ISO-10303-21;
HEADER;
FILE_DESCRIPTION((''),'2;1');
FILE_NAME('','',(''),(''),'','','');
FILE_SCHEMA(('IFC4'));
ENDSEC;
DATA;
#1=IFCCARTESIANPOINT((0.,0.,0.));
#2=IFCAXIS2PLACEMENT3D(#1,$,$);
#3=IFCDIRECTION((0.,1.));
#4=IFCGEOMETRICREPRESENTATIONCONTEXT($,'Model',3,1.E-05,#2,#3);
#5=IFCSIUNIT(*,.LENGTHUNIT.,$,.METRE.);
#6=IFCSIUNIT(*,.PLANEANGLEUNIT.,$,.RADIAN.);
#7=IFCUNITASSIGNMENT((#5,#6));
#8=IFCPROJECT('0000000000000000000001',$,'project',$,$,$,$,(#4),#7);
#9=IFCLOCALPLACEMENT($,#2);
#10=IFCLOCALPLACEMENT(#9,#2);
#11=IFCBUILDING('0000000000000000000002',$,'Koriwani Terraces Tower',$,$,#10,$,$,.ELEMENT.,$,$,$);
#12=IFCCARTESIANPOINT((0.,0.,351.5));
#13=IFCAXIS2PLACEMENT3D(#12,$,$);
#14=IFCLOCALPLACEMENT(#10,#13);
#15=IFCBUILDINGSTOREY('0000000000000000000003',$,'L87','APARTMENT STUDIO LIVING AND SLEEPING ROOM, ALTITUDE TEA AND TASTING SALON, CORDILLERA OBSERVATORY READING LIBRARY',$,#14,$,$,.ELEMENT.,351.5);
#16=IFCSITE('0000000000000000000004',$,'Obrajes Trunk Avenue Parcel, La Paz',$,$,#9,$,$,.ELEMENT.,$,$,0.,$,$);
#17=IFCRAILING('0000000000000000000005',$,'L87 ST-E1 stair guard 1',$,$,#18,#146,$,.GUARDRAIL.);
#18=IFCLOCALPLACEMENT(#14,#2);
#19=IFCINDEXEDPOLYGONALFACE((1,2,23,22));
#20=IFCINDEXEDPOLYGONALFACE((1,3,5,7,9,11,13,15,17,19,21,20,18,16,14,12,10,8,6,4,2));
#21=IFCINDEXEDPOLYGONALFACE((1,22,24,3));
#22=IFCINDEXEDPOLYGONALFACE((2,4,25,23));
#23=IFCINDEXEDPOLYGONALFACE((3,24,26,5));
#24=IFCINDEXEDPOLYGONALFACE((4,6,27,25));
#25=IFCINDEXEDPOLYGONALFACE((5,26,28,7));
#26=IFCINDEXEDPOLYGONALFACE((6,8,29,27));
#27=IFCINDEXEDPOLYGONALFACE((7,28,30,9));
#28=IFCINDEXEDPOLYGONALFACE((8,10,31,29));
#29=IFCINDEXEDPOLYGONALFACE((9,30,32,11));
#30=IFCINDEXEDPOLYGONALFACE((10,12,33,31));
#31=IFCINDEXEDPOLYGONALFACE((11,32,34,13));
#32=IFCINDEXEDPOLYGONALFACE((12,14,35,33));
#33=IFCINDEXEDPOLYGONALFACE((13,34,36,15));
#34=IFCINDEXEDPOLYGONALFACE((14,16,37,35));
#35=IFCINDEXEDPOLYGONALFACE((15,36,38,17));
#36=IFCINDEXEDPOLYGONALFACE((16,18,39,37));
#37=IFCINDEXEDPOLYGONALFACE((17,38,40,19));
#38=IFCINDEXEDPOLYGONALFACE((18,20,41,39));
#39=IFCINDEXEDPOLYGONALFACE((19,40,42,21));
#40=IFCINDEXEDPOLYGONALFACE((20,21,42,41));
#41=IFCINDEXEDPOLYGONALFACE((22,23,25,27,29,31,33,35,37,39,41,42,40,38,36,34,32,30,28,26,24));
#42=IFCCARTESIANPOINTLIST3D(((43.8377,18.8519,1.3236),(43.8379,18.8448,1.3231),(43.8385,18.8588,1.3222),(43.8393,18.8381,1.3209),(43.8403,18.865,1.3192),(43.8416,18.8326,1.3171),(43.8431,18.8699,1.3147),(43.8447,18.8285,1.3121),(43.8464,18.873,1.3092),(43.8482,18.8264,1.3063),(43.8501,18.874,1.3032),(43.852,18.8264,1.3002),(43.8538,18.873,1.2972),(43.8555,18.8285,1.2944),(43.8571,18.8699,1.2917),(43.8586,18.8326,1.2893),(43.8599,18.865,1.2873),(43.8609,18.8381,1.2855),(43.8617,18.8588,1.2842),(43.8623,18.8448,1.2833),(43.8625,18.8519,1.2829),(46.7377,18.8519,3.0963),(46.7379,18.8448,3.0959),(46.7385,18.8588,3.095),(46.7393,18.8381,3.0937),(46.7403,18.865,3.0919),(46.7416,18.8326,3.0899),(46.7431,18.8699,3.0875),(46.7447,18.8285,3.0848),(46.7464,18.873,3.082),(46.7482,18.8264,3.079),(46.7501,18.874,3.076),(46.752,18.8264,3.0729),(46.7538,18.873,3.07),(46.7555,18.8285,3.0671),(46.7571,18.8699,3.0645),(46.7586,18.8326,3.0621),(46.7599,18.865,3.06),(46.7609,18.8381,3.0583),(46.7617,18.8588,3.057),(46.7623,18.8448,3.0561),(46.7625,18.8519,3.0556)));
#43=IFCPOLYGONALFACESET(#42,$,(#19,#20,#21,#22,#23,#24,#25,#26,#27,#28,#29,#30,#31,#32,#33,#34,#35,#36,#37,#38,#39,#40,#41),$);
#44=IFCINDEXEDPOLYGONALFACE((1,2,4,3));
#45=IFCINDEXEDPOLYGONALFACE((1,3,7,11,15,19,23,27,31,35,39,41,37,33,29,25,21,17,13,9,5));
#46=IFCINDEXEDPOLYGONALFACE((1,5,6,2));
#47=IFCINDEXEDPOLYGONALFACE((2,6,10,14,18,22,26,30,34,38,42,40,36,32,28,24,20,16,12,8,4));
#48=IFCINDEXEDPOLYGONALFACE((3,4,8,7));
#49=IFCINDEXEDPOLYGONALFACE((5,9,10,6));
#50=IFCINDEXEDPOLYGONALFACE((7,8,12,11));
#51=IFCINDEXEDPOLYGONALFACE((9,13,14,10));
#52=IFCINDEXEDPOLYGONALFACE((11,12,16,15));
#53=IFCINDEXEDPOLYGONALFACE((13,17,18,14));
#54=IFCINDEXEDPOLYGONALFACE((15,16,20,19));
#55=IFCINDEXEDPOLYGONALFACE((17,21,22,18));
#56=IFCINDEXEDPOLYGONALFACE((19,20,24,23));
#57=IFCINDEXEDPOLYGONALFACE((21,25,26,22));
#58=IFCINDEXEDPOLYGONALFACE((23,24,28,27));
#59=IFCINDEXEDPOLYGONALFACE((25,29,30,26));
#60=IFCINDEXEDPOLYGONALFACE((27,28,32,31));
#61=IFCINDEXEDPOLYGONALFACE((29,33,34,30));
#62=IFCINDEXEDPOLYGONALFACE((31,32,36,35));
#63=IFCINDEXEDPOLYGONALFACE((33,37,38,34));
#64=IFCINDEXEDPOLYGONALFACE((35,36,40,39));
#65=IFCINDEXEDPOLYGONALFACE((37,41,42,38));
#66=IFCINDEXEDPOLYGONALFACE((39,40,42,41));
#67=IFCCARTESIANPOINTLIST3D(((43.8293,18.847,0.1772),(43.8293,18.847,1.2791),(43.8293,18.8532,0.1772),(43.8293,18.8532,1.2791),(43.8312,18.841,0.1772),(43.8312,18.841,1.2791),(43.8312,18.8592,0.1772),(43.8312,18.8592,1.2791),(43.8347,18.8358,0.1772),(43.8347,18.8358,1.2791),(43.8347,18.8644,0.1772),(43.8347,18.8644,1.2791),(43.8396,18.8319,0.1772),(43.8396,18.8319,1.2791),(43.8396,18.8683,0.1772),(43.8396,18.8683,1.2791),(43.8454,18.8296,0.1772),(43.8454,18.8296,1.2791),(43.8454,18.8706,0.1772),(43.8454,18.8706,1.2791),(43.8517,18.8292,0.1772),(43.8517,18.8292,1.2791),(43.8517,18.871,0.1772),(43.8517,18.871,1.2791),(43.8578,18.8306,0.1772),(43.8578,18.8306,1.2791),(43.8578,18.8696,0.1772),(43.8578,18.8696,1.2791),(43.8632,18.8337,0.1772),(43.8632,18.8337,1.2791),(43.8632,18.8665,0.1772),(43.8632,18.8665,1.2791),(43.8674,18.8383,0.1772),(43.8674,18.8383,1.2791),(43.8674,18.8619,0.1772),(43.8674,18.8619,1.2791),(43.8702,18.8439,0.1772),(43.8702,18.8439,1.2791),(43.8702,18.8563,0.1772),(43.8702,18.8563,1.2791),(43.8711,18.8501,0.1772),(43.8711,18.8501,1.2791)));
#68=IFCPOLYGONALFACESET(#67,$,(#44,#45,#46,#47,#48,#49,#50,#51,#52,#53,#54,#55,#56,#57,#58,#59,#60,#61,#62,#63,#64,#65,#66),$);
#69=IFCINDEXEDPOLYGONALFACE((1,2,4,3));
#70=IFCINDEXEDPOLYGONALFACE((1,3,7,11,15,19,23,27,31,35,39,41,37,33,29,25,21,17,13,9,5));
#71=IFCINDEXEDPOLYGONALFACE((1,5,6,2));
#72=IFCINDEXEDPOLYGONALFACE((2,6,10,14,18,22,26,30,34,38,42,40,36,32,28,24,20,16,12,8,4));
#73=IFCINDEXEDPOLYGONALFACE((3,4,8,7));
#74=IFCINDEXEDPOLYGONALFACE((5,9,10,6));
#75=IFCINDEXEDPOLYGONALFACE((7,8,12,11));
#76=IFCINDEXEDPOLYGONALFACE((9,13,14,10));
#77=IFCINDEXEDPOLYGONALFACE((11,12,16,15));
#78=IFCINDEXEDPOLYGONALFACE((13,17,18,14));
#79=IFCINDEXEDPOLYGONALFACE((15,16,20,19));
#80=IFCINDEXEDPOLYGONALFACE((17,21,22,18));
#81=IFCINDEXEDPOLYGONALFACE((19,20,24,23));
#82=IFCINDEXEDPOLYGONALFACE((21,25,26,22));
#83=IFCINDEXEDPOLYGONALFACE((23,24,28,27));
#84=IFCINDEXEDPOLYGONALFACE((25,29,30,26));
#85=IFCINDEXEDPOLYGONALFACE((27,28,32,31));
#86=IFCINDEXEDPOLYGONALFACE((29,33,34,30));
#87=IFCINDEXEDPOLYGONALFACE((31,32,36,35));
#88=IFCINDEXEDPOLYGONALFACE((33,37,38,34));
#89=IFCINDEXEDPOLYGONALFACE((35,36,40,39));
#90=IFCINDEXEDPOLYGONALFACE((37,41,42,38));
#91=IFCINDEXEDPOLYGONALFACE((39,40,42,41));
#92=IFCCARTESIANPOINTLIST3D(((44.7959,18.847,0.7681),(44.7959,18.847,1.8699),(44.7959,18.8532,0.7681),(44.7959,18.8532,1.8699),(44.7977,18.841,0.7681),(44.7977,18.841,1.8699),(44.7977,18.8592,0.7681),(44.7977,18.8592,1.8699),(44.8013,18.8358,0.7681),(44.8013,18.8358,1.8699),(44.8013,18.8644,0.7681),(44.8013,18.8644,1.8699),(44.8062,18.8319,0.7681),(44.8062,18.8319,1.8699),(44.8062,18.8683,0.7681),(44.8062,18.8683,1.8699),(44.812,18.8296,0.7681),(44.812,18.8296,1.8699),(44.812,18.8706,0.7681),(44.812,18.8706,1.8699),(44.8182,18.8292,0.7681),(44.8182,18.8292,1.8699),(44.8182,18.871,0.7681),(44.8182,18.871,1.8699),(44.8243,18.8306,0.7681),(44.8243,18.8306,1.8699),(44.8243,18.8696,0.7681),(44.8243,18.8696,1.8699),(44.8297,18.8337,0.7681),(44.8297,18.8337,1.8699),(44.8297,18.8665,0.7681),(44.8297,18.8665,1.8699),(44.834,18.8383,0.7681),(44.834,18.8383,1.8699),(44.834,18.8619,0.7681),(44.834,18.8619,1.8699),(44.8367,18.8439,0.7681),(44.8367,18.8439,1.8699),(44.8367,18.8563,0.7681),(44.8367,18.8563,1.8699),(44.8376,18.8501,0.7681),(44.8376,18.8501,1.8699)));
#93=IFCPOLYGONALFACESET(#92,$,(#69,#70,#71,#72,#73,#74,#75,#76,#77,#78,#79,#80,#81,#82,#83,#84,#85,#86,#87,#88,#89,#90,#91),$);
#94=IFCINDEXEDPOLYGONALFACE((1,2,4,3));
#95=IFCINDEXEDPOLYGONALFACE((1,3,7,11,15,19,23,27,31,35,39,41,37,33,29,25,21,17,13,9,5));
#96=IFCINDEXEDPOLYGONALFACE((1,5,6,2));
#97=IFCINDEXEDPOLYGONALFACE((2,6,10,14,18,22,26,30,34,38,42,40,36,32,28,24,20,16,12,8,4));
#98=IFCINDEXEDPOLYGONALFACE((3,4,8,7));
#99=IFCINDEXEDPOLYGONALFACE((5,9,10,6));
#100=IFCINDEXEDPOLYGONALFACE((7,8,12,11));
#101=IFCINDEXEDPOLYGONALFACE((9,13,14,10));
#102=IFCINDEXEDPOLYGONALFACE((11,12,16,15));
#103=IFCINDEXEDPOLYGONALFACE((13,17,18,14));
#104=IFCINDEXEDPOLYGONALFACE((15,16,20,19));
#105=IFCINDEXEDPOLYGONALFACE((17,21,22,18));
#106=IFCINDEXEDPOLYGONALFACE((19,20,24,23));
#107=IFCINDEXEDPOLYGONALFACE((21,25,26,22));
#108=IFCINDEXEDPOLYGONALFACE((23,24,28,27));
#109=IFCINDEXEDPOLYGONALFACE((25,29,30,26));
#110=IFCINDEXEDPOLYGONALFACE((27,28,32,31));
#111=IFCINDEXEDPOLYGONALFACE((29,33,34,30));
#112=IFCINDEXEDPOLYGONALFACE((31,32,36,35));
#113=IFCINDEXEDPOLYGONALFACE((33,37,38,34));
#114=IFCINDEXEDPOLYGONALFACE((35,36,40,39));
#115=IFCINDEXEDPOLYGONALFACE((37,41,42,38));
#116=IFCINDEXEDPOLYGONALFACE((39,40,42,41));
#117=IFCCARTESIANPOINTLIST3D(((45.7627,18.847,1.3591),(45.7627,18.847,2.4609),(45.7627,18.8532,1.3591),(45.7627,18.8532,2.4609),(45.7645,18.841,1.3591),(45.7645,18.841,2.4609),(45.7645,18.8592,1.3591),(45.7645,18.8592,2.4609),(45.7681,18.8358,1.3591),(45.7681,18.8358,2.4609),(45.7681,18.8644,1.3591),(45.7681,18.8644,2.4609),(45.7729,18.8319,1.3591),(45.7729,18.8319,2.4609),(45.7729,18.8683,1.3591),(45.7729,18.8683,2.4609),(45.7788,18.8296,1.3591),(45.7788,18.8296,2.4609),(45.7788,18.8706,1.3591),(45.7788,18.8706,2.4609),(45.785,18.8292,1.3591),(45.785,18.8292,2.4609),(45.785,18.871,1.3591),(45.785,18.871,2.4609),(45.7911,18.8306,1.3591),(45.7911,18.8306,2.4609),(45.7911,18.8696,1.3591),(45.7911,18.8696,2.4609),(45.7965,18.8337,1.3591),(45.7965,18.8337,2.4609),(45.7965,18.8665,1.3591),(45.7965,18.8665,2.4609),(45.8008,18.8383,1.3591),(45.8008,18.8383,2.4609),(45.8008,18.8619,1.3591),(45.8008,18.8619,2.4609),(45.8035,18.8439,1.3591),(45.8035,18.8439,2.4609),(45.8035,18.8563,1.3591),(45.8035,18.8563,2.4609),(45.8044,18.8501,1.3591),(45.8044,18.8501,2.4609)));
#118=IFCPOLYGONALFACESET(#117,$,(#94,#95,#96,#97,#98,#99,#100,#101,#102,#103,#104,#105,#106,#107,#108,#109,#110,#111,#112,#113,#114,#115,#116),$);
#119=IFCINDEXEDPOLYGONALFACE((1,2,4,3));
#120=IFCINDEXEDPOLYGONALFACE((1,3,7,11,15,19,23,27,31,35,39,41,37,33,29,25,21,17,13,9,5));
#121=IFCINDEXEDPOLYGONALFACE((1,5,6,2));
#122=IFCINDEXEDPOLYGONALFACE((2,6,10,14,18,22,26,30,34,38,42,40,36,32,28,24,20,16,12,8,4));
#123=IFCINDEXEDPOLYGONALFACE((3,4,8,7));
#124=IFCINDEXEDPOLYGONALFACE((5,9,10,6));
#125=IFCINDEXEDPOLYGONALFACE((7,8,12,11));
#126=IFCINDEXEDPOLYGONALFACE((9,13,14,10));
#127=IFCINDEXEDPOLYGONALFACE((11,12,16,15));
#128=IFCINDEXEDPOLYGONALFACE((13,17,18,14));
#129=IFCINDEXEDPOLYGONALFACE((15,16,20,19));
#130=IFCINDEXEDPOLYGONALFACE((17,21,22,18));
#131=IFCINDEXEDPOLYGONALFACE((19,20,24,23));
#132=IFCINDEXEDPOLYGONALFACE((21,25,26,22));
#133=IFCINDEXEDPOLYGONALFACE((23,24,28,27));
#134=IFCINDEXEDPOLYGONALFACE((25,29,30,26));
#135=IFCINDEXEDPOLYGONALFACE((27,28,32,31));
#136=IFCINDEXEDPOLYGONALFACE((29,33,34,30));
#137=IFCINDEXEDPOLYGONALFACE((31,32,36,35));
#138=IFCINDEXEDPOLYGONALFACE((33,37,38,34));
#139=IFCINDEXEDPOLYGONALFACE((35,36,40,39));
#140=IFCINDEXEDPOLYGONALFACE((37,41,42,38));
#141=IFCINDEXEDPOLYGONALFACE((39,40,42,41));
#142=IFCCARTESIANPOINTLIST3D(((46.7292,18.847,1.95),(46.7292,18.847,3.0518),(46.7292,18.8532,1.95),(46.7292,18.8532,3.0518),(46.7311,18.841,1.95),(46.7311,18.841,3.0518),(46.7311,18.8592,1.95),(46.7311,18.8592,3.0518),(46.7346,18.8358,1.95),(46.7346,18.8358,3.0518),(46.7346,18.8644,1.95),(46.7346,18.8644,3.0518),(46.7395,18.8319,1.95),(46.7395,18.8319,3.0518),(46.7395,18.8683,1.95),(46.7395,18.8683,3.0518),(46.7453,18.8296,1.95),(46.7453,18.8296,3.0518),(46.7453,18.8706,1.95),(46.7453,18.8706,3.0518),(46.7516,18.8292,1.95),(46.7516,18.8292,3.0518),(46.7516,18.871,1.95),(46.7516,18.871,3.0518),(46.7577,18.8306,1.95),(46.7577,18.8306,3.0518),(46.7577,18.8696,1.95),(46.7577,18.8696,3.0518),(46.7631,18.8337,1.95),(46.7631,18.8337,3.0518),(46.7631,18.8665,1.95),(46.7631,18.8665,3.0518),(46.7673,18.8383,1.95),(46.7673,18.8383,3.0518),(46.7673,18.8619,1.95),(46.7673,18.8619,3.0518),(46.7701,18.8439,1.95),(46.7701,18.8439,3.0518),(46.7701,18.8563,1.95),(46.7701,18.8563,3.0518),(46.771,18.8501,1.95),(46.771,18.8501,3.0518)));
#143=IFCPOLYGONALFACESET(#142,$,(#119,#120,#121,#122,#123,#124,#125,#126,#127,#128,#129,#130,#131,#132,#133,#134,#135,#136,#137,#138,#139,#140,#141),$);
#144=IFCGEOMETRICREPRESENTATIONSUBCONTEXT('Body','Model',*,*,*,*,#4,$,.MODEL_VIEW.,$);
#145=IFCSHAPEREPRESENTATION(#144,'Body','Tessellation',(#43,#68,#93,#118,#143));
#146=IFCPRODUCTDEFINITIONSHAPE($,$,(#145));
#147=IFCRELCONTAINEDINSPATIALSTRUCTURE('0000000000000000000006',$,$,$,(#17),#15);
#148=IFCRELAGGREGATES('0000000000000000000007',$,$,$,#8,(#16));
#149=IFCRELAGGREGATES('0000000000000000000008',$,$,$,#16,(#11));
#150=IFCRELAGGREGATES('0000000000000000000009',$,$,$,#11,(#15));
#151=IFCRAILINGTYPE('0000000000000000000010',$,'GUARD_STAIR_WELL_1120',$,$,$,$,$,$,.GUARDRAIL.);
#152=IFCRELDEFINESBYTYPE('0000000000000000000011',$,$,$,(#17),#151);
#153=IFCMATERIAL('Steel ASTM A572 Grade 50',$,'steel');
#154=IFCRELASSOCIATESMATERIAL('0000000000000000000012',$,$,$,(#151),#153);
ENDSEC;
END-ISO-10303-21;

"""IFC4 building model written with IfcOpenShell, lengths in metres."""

from ifc_helpers import new_model, si_unit, direction, frame, origin, origin_2d, place, context, subcontext, project, spatial, circle, extrude, material, type_object, element, save


model = new_model("IFC4")

# Units and contexts
model_context = context("Model", 3, precision=1e-05, world=origin(), true_north=direction((0.0, 1.0)))
body_context = subcontext(model_context, "Body", "Model", "MODEL_VIEW")
ifc_project = project(units=[si_unit("LENGTHUNIT", "METRE"), si_unit("PLANEANGLEUNIT", "RADIAN")], contexts=[model_context])

# Site, building, storey
site_placement = place(None, origin())
site = spatial("IfcSite", under=ifc_project, at=site_placement, Name="Obrajes Trunk Avenue Parcel, La Paz", CompositionType="ELEMENT", RefElevation=0.0)
building_placement = place(site_placement, origin())
building = spatial("IfcBuilding", under=site, at=building_placement, Name="Koriwani Terraces Tower", CompositionType="ELEMENT")
storey_placement = place(building_placement, frame((0.0, 0.0, 351.5)))
storey = spatial("IfcBuildingStorey", under=building, at=storey_placement, Name="L87", Description="APARTMENT STUDIO LIVING AND SLEEPING ROOM, ALTITUDE TEA AND TASTING SALON, CORDILLERA OBSERVATORY READING LIBRARY", CompositionType="ELEMENT", Elevation=351.5)

# Shared definitions
ifc_material_1 = material(Name="Steel ASTM A572 Grade 50", Category="steel")

# Railing
railing_type_1 = type_object("IfcRailingType", Name="GUARD_STAIR_WELL_1120", PredefinedType="GUARDRAIL", material=ifc_material_1)
railing_1_placement = place(storey_placement, frame((43.8501, 18.8501, 0.1772)))
element("IfcRailing", 1, at=railing_1_placement, inside=storey, type_object=railing_type_1, Name="L87 ST-E1 stair guard 1", PredefinedType="GUARDRAIL", context=body_context, shape_type="SweptSolid", body=[
    extrude(circle(Radius=0.0239, at=origin_2d()), frame((0.0, 0.0, 1.126), z_axis=(0.853211, 0.0, 0.521566), x_axis=(0.0, 1.0, 0.0)), (0.0, 0.0, 1.0), 3.3989),
    extrude(circle(Radius=0.021, at=origin_2d()), origin(), (0.0, 0.0, 1.0), 1.1018),
    extrude(circle(Radius=0.021, at=origin_2d()), frame((0.9666, 0.0, 0.5908)), (0.0, 0.0, 1.0), 1.1018),
    extrude(circle(Radius=0.021, at=origin_2d()), frame((1.9333, 0.0, 1.1819)), (0.0, 0.0, 1.0), 1.1018),
    extrude(circle(Radius=0.021, at=origin_2d()), frame((2.8999, 0.0, 1.7727)), (0.0, 0.0, 1.0), 1.1018),
])

save(model, "model.ifc")
